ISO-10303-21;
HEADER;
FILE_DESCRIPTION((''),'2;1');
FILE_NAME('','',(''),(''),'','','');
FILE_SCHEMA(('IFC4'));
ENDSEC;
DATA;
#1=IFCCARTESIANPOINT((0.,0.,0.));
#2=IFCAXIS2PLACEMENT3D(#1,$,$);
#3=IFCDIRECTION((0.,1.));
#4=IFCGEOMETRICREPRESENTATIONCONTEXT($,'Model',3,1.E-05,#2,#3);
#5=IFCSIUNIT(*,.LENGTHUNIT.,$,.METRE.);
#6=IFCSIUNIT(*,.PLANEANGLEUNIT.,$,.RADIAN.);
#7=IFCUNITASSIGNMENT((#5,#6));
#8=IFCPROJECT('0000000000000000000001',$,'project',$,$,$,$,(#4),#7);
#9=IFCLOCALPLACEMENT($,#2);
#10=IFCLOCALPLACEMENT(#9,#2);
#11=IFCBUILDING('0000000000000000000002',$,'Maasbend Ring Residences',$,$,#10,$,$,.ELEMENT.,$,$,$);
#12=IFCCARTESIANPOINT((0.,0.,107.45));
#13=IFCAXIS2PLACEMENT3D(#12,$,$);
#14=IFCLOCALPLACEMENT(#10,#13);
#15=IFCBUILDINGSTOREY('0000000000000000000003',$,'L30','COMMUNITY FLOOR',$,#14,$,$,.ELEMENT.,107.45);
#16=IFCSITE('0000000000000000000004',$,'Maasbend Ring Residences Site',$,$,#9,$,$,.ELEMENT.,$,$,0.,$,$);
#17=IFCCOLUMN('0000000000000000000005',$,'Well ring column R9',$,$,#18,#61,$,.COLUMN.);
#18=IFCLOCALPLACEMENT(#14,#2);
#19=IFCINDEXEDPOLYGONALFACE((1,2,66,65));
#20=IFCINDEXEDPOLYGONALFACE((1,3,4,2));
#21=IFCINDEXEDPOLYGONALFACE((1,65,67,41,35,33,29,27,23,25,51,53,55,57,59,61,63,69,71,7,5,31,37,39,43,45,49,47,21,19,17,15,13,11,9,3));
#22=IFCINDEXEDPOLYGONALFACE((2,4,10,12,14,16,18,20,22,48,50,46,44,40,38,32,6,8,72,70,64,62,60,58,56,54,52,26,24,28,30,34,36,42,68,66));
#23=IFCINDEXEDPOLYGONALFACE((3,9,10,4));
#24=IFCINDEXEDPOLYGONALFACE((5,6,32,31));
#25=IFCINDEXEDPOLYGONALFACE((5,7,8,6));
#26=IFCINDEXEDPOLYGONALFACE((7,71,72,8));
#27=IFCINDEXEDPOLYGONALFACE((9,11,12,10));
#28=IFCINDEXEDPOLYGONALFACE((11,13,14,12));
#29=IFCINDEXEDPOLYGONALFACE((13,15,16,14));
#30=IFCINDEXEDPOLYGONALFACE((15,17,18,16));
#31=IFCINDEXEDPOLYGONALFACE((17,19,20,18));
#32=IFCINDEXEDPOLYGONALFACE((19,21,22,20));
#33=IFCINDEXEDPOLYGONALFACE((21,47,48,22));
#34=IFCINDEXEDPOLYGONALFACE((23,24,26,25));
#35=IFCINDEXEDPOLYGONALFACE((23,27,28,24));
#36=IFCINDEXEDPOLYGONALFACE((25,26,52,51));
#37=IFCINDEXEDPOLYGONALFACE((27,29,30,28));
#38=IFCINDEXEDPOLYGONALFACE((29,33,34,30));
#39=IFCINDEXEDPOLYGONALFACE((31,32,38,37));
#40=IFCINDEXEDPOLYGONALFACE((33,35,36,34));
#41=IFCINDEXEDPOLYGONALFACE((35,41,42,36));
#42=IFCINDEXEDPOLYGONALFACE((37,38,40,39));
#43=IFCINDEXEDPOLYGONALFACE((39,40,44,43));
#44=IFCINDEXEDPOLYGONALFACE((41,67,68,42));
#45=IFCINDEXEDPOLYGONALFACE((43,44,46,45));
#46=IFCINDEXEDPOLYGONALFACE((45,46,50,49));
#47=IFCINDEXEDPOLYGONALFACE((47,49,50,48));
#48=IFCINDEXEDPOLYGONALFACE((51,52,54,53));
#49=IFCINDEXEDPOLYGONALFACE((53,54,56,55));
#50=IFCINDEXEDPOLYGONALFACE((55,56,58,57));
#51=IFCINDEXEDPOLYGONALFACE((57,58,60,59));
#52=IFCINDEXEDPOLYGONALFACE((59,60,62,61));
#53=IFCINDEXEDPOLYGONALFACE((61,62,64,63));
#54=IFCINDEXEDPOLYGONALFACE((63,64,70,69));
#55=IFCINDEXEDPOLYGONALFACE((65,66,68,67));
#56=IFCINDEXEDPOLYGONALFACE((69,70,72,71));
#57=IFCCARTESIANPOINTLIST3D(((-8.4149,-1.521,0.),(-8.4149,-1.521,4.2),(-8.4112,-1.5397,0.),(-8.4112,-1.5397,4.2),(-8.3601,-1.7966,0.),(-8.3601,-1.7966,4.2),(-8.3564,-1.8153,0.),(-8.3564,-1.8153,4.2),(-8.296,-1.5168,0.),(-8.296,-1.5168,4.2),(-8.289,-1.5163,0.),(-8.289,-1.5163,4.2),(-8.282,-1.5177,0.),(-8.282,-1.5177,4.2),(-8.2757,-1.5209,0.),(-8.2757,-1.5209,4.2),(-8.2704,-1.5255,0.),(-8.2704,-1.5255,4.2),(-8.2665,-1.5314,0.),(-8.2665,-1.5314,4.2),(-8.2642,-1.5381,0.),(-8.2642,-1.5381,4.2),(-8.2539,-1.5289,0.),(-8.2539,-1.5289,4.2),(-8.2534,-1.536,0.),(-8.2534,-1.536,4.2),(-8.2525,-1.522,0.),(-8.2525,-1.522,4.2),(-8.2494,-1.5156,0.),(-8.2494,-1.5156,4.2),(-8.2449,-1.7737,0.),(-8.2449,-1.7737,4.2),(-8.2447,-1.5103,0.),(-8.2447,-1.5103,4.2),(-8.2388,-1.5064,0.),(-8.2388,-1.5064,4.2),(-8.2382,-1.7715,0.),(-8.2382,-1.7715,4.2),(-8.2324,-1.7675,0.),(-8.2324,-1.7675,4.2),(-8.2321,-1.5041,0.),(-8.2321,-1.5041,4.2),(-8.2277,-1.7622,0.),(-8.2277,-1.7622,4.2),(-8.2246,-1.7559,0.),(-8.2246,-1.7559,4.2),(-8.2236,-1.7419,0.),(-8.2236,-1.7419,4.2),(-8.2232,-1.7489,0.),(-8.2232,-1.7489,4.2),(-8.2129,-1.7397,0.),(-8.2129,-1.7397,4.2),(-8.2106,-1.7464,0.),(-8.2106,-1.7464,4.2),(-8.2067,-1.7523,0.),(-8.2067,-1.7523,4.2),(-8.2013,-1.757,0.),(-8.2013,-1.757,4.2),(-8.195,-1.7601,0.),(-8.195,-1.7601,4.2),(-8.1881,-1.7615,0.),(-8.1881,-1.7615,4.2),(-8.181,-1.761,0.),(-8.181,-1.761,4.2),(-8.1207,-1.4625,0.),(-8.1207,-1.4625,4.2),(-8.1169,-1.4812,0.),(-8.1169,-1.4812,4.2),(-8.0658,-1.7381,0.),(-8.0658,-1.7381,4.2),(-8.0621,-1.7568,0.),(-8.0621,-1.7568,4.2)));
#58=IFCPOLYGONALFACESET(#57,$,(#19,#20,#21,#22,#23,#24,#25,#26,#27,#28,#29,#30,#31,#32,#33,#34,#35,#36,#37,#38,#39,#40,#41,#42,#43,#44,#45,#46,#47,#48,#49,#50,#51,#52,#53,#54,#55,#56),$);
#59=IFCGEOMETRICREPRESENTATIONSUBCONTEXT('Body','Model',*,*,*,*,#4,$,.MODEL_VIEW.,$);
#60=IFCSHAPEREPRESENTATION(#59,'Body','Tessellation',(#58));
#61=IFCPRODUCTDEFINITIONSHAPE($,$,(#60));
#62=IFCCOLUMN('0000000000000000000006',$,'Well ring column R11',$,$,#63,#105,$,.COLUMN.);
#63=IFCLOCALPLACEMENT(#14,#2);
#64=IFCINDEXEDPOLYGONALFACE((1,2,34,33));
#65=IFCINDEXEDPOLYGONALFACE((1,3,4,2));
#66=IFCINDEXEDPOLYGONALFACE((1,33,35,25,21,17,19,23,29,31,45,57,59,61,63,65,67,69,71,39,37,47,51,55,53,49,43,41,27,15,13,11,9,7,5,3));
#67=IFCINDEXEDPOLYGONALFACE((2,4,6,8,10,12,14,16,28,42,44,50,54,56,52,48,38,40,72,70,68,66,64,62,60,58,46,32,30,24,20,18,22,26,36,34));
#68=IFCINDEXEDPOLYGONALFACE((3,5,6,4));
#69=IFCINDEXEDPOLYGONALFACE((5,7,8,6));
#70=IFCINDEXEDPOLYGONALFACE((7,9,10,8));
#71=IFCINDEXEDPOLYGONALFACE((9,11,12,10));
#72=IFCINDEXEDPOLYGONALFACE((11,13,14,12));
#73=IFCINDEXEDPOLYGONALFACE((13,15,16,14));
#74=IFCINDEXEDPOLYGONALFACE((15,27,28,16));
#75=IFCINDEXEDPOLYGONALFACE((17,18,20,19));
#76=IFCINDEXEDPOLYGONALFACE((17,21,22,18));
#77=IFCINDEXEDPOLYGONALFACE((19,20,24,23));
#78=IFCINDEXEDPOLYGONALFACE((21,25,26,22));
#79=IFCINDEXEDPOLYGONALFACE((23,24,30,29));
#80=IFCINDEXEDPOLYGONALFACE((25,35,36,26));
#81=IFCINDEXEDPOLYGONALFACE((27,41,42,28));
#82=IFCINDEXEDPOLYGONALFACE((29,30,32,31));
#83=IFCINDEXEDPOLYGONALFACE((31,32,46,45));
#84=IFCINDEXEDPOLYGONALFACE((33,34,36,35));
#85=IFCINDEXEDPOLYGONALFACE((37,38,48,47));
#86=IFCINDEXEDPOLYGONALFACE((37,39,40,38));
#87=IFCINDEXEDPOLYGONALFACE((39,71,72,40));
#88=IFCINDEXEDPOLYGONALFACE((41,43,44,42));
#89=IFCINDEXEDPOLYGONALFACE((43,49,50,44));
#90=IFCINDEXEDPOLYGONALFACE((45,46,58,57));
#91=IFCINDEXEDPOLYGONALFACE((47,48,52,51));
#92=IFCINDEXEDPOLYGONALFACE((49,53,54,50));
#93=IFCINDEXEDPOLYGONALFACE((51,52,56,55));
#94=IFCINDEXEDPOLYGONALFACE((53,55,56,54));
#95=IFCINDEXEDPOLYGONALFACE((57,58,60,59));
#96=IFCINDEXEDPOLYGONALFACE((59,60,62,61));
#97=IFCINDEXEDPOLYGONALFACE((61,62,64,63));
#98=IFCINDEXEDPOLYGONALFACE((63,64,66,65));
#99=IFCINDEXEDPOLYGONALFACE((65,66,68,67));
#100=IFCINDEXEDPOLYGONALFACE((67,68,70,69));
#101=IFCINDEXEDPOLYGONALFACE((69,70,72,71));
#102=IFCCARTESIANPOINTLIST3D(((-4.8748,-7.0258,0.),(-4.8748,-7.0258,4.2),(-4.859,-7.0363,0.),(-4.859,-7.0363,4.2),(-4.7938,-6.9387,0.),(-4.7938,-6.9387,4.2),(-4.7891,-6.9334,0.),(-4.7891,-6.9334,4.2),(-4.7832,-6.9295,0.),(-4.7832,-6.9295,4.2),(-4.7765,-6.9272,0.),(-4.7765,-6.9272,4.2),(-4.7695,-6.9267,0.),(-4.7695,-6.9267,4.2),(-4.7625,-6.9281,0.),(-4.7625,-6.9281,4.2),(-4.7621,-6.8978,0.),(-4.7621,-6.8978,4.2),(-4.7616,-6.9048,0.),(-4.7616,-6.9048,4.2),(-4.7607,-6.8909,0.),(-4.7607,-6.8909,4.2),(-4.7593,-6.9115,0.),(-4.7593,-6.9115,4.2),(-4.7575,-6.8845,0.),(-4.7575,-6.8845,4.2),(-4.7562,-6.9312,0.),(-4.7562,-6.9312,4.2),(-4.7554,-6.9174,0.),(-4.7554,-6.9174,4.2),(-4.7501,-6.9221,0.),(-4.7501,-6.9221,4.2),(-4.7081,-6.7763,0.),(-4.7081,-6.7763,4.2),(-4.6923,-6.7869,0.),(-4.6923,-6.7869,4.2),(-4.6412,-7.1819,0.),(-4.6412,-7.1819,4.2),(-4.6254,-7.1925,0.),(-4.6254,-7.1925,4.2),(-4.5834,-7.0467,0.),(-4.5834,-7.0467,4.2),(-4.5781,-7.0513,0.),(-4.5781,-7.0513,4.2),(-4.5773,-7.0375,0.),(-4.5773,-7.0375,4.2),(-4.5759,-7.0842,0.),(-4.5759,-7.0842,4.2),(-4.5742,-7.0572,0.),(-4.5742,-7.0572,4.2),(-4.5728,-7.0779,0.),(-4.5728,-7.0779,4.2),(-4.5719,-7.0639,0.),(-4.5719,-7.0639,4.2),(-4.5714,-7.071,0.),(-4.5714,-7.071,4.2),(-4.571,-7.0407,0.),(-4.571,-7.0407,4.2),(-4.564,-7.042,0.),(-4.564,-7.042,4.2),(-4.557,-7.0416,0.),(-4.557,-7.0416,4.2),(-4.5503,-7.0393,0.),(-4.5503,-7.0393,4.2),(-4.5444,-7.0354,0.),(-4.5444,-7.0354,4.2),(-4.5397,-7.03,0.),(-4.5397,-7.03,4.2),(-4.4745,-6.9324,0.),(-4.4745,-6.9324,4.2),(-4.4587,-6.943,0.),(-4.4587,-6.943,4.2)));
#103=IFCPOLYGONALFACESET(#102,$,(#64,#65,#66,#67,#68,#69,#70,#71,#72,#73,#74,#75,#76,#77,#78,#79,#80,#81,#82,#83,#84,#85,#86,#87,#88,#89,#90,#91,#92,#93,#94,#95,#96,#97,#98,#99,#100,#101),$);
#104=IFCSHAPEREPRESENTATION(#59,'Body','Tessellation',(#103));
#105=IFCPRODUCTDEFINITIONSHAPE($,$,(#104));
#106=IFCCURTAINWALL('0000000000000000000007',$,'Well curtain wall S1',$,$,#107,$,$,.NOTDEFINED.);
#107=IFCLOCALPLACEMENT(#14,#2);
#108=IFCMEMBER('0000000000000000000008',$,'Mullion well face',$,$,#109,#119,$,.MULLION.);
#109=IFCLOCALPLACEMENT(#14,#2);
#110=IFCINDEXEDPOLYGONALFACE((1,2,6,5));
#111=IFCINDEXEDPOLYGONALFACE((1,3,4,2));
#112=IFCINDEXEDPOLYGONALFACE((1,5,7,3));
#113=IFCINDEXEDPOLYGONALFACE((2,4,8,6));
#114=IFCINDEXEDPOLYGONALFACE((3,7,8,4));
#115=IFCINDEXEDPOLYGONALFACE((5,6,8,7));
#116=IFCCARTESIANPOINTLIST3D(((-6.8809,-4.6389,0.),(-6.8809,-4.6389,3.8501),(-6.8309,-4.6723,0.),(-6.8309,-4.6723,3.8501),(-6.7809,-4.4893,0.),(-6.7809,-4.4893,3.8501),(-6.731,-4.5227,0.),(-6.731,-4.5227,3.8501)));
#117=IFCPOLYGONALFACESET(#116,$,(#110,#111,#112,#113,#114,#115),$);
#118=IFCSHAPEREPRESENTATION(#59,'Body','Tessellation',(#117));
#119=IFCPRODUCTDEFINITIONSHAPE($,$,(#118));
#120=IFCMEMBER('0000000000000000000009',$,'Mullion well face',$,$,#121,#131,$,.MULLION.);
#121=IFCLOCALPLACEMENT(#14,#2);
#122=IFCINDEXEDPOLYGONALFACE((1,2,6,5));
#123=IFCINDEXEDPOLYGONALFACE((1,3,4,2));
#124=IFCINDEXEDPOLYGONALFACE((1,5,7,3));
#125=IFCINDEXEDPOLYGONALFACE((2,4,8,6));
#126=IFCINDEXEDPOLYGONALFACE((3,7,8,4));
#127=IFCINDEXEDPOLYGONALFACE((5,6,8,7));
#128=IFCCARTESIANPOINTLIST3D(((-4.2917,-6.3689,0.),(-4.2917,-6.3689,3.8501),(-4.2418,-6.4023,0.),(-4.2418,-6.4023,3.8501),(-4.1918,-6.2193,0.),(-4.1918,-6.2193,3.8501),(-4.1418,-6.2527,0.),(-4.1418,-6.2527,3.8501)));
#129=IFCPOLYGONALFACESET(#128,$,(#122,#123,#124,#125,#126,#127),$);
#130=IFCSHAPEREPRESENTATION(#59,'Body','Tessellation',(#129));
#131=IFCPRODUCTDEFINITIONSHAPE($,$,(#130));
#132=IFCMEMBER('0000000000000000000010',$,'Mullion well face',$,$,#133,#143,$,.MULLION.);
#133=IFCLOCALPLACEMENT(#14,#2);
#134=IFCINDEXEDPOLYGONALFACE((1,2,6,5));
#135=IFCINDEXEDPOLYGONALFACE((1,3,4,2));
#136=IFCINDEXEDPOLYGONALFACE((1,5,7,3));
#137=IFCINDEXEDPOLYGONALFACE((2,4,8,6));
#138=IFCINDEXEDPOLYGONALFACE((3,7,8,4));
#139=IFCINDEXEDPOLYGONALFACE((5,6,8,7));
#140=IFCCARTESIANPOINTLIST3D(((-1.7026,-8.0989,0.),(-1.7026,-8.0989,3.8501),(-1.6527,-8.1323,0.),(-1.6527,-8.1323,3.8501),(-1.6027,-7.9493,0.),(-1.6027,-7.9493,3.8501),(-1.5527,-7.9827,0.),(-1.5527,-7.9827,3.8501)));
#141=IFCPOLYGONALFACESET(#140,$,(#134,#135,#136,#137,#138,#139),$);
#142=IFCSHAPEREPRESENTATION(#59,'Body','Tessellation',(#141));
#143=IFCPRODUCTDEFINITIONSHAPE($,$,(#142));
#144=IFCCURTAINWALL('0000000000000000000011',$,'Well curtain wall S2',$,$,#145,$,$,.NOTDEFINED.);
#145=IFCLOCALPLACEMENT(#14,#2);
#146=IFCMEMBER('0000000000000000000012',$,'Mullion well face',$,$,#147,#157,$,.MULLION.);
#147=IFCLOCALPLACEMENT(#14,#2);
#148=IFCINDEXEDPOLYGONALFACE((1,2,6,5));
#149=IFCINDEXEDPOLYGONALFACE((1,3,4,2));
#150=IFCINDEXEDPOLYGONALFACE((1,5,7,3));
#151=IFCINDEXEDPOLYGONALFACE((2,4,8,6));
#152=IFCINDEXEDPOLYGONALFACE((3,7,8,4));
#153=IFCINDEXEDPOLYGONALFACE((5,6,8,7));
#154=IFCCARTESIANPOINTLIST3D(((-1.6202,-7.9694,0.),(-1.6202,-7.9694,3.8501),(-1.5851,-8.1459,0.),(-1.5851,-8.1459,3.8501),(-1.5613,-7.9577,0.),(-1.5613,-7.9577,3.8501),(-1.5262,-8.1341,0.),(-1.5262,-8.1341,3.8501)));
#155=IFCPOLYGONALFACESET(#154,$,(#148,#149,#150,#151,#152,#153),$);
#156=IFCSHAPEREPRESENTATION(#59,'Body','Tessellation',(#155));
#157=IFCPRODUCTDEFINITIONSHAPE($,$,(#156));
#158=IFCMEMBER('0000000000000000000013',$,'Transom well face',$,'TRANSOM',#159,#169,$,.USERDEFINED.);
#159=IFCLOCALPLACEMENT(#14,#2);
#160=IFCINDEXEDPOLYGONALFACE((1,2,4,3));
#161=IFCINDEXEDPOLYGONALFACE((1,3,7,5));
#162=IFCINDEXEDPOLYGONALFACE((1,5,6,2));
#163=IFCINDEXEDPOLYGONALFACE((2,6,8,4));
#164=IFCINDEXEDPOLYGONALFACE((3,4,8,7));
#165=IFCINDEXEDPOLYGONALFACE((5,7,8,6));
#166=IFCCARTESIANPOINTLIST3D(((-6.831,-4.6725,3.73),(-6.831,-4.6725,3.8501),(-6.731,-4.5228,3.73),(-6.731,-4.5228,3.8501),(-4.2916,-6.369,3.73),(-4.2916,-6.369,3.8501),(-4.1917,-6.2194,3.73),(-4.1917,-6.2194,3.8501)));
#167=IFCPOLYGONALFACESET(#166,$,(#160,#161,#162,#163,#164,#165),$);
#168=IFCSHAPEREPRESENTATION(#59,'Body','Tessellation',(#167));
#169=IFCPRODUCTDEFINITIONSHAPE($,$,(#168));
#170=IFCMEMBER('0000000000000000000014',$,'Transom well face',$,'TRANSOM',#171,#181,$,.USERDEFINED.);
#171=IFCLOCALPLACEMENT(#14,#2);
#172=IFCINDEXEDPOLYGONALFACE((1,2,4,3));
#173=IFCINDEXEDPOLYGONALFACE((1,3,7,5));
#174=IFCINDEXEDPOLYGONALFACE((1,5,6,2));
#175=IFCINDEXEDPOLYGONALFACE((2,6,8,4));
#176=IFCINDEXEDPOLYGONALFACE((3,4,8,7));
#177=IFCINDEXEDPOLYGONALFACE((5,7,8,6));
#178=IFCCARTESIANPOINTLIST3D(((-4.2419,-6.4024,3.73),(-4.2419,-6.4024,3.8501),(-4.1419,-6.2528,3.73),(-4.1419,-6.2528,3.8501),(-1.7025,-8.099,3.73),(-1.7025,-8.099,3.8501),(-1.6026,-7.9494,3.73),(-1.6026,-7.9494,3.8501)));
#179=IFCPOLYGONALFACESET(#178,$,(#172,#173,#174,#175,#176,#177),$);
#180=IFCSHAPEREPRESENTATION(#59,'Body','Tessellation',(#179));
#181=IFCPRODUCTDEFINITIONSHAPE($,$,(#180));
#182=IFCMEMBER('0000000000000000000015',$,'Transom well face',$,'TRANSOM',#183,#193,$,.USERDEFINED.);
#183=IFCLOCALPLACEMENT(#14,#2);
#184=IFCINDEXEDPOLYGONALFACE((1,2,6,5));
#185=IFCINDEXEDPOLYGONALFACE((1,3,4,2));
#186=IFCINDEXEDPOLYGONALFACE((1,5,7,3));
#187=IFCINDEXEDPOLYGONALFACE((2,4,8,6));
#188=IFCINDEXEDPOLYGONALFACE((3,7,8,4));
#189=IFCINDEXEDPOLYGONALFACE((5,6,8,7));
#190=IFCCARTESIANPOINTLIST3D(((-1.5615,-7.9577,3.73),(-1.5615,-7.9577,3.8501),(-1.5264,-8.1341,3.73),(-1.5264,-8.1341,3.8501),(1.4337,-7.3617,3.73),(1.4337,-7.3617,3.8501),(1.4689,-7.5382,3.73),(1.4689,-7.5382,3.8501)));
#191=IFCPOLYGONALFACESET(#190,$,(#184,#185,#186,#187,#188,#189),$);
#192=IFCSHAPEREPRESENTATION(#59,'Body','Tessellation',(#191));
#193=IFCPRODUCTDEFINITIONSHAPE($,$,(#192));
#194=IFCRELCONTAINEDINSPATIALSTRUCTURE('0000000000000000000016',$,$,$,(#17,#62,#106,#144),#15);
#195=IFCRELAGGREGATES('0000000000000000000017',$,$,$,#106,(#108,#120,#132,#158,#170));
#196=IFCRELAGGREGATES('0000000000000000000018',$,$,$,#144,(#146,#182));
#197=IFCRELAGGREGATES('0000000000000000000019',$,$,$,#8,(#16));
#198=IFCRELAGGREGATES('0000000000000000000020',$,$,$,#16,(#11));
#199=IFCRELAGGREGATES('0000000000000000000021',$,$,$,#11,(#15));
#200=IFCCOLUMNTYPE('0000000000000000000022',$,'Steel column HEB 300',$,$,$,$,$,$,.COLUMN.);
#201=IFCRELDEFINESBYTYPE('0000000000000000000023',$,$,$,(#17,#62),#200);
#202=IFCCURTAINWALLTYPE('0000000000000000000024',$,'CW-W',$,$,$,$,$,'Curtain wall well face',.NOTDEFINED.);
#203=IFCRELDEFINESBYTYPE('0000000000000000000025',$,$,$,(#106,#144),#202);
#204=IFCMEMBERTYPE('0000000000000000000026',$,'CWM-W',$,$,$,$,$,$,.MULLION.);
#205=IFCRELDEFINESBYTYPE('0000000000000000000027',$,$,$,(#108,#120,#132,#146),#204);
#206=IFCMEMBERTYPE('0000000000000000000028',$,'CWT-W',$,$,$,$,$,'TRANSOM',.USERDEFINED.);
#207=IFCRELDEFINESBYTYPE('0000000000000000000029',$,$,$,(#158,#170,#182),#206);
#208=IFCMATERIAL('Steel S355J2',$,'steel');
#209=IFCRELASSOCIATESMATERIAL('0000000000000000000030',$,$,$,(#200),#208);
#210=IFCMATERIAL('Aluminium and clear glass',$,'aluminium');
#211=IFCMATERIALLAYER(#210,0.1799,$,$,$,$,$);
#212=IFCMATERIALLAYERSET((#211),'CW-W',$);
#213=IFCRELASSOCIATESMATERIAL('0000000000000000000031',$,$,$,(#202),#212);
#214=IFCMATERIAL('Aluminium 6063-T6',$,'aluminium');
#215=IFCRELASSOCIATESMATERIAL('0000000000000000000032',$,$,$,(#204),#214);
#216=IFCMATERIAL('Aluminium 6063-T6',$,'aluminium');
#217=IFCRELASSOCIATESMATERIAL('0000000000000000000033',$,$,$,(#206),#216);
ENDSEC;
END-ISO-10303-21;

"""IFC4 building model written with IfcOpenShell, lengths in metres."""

from ifc_helpers import new_model, si_unit, direction, frame, origin, origin_2d, place, context, subcontext, project, spatial, rectangle, i_section, extrude, material, layer, layer_set, material_profile, profile_set, type_object, element, aggregate, save


model = new_model("IFC4")

# Units and contexts
model_context = context("Model", 3, precision=1e-05, world=origin(), true_north=direction((0.0, 1.0)))
body_context = subcontext(model_context, "Body", "Model", "MODEL_VIEW")
ifc_project = project(units=[si_unit("LENGTHUNIT", "METRE"), si_unit("PLANEANGLEUNIT", "RADIAN")], contexts=[model_context])

# Site, building, storey
site_placement = place(None, origin())
site = spatial("IfcSite", under=ifc_project, at=site_placement, Name="Maasbend Ring Residences Site", CompositionType="ELEMENT", RefElevation=0.0)
building_placement = place(site_placement, origin())
building = spatial("IfcBuilding", under=site, at=building_placement, Name="Maasbend Ring Residences", CompositionType="ELEMENT")
storey_placement = place(building_placement, frame((0.0, 0.0, 107.45)))
storey = spatial("IfcBuildingStorey", under=building, at=storey_placement, Name="L30", Description="COMMUNITY FLOOR", CompositionType="ELEMENT", Elevation=107.45)

# Columns
ifc_material_1 = material(Name="Steel S355J2", Category="steel")
ifc_material_profile_1 = material_profile(ifc_material_1, i_section(OverallWidth=0.3, OverallDepth=0.3, WebThickness=0.011, FlangeThickness=0.019, FilletRadius=0.0271, at=origin_2d()), Name="HEB 300")
ifc_profile_set_1 = profile_set([ifc_material_profile_1], Name="Steel S355J2")
column_type = type_object("IfcColumnType", Name="Steel column HEB 300", PredefinedType="COLUMN", material=ifc_profile_set_1)
for number, where, z_axis, x_axis, name in (
    (1, (-8.2385, -1.6389, 0.0), (0.0, 0.0, 1.0), (-0.980785, -0.19509, 0.0), "Well ring column R9"),
    (2, (-4.6667, -6.9844, 0.0), (0.0, 0.0, 1.0), (-0.55557, -0.83147, 0.0), "Well ring column R11"),
):
    element("IfcColumn", number, at=place(storey_placement, frame(where, z_axis=z_axis, x_axis=x_axis)), inside=storey, type_object=column_type, Name=name, PredefinedType="COLUMN", context=body_context, shape_type="SweptSolid", body=[
        extrude(i_section(OverallWidth=0.3, OverallDepth=0.3, WebThickness=0.011, FlangeThickness=0.019, FilletRadius=0.0271, at=origin_2d()), origin(), (0.0, 0.0, 1.0), 4.2),
    ])

# Curtain wall, members
ifc_material_2 = material(Name="Aluminium and clear glass", Category="aluminium")
ifc_layer_1 = layer(ifc_material_2, 0.1799)
ifc_layer_set_1 = layer_set([ifc_layer_1], Name="CW-W")
curtain_wall_type = type_object("IfcCurtainWallType", Name="CW-W", ElementType="Curtain wall well face", PredefinedType="NOTDEFINED", material=ifc_layer_set_1)
curtain_wall_1_placement = place(storey_placement, origin())
curtain_wall_1 = element("IfcCurtainWall", 3, at=curtain_wall_1_placement, inside=storey, type_object=curtain_wall_type, Name="Well curtain wall S1", PredefinedType="NOTDEFINED")
ifc_material_3 = material(Name="Aluminium 6063-T6", Category="aluminium")
ifc_material_profile_2 = material_profile(ifc_material_3, rectangle(XDim=0.1799, YDim=0.0601, at=origin_2d()), Name="AL 180x60")
ifc_profile_set_2 = profile_set([ifc_material_profile_2], Name="Aluminium 6063-T6")
member_type_1 = type_object("IfcMemberType", Name="CWM-W", PredefinedType="MULLION", material=ifc_profile_set_2)
member_1_placement = place(storey_placement, frame((-6.8059, -4.5808, 0.0), z_axis=(0.0, 0.0, 1.0), x_axis=(0.55557, 0.83147, 0.0)))
member_1 = element("IfcMember", 4, at=member_1_placement, type_object=member_type_1, Name="Mullion well face", PredefinedType="MULLION", context=body_context, shape_type="SweptSolid", body=[
    extrude(rectangle(XDim=0.1799, YDim=0.0601, at=origin_2d()), origin(), (0.0, 0.0, 1.0), 3.8501),
])
member_2_placement = place(storey_placement, frame((-4.2168, -6.3108, 0.0), z_axis=(0.0, 0.0, 1.0), x_axis=(0.55557, 0.83147, 0.0)))
member_2 = element("IfcMember", 5, at=member_2_placement, type_object=member_type_1, Name="Mullion well face", PredefinedType="MULLION", context=body_context, shape_type="SweptSolid", body=[
    extrude(rectangle(XDim=0.1799, YDim=0.0601, at=origin_2d()), origin(), (0.0, 0.0, 1.0), 3.8501),
])
member_3_placement = place(storey_placement, frame((-1.6277, -8.0408, 0.0), z_axis=(0.0, 0.0, 1.0), x_axis=(0.55557, 0.83147, 0.0)))
member_3 = element("IfcMember", 6, at=member_3_placement, type_object=member_type_1, Name="Mullion well face", PredefinedType="MULLION", context=body_context, shape_type="SweptSolid", body=[
    extrude(rectangle(XDim=0.1799, YDim=0.0601, at=origin_2d()), origin(), (0.0, 0.0, 1.0), 3.8501),
])

# Curtain wall, member
curtain_wall_2_placement = place(storey_placement, origin())
curtain_wall_2 = element("IfcCurtainWall", 7, at=curtain_wall_2_placement, inside=storey, type_object=curtain_wall_type, Name="Well curtain wall S2", PredefinedType="NOTDEFINED")
member_4_placement = place(storey_placement, frame((-1.5732, -8.0518, 0.0), z_axis=(0.0, 0.0, 1.0), x_axis=(-0.19509, 0.980785, 0.0)))
member_4 = element("IfcMember", 8, at=member_4_placement, type_object=member_type_1, Name="Mullion well face", PredefinedType="MULLION", context=body_context, shape_type="SweptSolid", body=[
    extrude(rectangle(XDim=0.1799, YDim=0.0601, at=origin_2d()), origin(), (0.0, 0.0, 1.0), 3.8501),
])

# Members
ifc_material_4 = material(Name="Aluminium 6063-T6", Category="aluminium")
ifc_material_profile_3 = material_profile(ifc_material_4, rectangle(XDim=0.1799, YDim=0.1201, at=origin_2d()), Name="AL 180x120")
ifc_profile_set_3 = profile_set([ifc_material_profile_3], Name="Aluminium 6063-T6")
member_type_2 = type_object("IfcMemberType", Name="CWT-W", ElementType="TRANSOM", PredefinedType="USERDEFINED", material=ifc_profile_set_3)
member_5_placement = place(storey_placement, frame((-6.781, -4.5977, 3.79), z_axis=(0.831496, -0.55553, 0.0), x_axis=(0.55553, 0.831496, 0.0)))
member_5 = element("IfcMember", 9, at=member_5_placement, type_object=member_type_2, Name="Transom well face", ObjectType="TRANSOM", PredefinedType="USERDEFINED", context=body_context, shape_type="SweptSolid", body=[
    extrude(rectangle(XDim=0.1799, YDim=0.1201, at=origin_2d()), origin(), (0.0, 0.0, 1.0), 3.054),
])
member_6_placement = place(storey_placement, frame((-4.1919, -6.3276, 3.79), z_axis=(0.831496, -0.55553, 0.0), x_axis=(0.55553, 0.831496, 0.0)))
member_6 = element("IfcMember", 10, at=member_6_placement, type_object=member_type_2, Name="Transom well face", ObjectType="TRANSOM", PredefinedType="USERDEFINED", context=body_context, shape_type="SweptSolid", body=[
    extrude(rectangle(XDim=0.1799, YDim=0.1201, at=origin_2d()), origin(), (0.0, 0.0, 1.0), 3.054),
])
member_7_placement = place(storey_placement, frame((-1.5439, -8.0459, 3.79), z_axis=(0.980777, 0.195132, 0.0), x_axis=(-0.195132, 0.980777, 0.0)))
member_7 = element("IfcMember", 11, at=member_7_placement, type_object=member_type_2, Name="Transom well face", ObjectType="TRANSOM", PredefinedType="USERDEFINED", context=body_context, shape_type="SweptSolid", body=[
    extrude(rectangle(XDim=0.1799, YDim=0.1201, at=origin_2d()), origin(), (0.0, 0.0, 1.0), 3.054),
])

aggregate(curtain_wall_1, [member_1, member_2, member_3, member_5, member_6])
aggregate(curtain_wall_2, [member_4, member_7])

save(model, "model.ifc")
